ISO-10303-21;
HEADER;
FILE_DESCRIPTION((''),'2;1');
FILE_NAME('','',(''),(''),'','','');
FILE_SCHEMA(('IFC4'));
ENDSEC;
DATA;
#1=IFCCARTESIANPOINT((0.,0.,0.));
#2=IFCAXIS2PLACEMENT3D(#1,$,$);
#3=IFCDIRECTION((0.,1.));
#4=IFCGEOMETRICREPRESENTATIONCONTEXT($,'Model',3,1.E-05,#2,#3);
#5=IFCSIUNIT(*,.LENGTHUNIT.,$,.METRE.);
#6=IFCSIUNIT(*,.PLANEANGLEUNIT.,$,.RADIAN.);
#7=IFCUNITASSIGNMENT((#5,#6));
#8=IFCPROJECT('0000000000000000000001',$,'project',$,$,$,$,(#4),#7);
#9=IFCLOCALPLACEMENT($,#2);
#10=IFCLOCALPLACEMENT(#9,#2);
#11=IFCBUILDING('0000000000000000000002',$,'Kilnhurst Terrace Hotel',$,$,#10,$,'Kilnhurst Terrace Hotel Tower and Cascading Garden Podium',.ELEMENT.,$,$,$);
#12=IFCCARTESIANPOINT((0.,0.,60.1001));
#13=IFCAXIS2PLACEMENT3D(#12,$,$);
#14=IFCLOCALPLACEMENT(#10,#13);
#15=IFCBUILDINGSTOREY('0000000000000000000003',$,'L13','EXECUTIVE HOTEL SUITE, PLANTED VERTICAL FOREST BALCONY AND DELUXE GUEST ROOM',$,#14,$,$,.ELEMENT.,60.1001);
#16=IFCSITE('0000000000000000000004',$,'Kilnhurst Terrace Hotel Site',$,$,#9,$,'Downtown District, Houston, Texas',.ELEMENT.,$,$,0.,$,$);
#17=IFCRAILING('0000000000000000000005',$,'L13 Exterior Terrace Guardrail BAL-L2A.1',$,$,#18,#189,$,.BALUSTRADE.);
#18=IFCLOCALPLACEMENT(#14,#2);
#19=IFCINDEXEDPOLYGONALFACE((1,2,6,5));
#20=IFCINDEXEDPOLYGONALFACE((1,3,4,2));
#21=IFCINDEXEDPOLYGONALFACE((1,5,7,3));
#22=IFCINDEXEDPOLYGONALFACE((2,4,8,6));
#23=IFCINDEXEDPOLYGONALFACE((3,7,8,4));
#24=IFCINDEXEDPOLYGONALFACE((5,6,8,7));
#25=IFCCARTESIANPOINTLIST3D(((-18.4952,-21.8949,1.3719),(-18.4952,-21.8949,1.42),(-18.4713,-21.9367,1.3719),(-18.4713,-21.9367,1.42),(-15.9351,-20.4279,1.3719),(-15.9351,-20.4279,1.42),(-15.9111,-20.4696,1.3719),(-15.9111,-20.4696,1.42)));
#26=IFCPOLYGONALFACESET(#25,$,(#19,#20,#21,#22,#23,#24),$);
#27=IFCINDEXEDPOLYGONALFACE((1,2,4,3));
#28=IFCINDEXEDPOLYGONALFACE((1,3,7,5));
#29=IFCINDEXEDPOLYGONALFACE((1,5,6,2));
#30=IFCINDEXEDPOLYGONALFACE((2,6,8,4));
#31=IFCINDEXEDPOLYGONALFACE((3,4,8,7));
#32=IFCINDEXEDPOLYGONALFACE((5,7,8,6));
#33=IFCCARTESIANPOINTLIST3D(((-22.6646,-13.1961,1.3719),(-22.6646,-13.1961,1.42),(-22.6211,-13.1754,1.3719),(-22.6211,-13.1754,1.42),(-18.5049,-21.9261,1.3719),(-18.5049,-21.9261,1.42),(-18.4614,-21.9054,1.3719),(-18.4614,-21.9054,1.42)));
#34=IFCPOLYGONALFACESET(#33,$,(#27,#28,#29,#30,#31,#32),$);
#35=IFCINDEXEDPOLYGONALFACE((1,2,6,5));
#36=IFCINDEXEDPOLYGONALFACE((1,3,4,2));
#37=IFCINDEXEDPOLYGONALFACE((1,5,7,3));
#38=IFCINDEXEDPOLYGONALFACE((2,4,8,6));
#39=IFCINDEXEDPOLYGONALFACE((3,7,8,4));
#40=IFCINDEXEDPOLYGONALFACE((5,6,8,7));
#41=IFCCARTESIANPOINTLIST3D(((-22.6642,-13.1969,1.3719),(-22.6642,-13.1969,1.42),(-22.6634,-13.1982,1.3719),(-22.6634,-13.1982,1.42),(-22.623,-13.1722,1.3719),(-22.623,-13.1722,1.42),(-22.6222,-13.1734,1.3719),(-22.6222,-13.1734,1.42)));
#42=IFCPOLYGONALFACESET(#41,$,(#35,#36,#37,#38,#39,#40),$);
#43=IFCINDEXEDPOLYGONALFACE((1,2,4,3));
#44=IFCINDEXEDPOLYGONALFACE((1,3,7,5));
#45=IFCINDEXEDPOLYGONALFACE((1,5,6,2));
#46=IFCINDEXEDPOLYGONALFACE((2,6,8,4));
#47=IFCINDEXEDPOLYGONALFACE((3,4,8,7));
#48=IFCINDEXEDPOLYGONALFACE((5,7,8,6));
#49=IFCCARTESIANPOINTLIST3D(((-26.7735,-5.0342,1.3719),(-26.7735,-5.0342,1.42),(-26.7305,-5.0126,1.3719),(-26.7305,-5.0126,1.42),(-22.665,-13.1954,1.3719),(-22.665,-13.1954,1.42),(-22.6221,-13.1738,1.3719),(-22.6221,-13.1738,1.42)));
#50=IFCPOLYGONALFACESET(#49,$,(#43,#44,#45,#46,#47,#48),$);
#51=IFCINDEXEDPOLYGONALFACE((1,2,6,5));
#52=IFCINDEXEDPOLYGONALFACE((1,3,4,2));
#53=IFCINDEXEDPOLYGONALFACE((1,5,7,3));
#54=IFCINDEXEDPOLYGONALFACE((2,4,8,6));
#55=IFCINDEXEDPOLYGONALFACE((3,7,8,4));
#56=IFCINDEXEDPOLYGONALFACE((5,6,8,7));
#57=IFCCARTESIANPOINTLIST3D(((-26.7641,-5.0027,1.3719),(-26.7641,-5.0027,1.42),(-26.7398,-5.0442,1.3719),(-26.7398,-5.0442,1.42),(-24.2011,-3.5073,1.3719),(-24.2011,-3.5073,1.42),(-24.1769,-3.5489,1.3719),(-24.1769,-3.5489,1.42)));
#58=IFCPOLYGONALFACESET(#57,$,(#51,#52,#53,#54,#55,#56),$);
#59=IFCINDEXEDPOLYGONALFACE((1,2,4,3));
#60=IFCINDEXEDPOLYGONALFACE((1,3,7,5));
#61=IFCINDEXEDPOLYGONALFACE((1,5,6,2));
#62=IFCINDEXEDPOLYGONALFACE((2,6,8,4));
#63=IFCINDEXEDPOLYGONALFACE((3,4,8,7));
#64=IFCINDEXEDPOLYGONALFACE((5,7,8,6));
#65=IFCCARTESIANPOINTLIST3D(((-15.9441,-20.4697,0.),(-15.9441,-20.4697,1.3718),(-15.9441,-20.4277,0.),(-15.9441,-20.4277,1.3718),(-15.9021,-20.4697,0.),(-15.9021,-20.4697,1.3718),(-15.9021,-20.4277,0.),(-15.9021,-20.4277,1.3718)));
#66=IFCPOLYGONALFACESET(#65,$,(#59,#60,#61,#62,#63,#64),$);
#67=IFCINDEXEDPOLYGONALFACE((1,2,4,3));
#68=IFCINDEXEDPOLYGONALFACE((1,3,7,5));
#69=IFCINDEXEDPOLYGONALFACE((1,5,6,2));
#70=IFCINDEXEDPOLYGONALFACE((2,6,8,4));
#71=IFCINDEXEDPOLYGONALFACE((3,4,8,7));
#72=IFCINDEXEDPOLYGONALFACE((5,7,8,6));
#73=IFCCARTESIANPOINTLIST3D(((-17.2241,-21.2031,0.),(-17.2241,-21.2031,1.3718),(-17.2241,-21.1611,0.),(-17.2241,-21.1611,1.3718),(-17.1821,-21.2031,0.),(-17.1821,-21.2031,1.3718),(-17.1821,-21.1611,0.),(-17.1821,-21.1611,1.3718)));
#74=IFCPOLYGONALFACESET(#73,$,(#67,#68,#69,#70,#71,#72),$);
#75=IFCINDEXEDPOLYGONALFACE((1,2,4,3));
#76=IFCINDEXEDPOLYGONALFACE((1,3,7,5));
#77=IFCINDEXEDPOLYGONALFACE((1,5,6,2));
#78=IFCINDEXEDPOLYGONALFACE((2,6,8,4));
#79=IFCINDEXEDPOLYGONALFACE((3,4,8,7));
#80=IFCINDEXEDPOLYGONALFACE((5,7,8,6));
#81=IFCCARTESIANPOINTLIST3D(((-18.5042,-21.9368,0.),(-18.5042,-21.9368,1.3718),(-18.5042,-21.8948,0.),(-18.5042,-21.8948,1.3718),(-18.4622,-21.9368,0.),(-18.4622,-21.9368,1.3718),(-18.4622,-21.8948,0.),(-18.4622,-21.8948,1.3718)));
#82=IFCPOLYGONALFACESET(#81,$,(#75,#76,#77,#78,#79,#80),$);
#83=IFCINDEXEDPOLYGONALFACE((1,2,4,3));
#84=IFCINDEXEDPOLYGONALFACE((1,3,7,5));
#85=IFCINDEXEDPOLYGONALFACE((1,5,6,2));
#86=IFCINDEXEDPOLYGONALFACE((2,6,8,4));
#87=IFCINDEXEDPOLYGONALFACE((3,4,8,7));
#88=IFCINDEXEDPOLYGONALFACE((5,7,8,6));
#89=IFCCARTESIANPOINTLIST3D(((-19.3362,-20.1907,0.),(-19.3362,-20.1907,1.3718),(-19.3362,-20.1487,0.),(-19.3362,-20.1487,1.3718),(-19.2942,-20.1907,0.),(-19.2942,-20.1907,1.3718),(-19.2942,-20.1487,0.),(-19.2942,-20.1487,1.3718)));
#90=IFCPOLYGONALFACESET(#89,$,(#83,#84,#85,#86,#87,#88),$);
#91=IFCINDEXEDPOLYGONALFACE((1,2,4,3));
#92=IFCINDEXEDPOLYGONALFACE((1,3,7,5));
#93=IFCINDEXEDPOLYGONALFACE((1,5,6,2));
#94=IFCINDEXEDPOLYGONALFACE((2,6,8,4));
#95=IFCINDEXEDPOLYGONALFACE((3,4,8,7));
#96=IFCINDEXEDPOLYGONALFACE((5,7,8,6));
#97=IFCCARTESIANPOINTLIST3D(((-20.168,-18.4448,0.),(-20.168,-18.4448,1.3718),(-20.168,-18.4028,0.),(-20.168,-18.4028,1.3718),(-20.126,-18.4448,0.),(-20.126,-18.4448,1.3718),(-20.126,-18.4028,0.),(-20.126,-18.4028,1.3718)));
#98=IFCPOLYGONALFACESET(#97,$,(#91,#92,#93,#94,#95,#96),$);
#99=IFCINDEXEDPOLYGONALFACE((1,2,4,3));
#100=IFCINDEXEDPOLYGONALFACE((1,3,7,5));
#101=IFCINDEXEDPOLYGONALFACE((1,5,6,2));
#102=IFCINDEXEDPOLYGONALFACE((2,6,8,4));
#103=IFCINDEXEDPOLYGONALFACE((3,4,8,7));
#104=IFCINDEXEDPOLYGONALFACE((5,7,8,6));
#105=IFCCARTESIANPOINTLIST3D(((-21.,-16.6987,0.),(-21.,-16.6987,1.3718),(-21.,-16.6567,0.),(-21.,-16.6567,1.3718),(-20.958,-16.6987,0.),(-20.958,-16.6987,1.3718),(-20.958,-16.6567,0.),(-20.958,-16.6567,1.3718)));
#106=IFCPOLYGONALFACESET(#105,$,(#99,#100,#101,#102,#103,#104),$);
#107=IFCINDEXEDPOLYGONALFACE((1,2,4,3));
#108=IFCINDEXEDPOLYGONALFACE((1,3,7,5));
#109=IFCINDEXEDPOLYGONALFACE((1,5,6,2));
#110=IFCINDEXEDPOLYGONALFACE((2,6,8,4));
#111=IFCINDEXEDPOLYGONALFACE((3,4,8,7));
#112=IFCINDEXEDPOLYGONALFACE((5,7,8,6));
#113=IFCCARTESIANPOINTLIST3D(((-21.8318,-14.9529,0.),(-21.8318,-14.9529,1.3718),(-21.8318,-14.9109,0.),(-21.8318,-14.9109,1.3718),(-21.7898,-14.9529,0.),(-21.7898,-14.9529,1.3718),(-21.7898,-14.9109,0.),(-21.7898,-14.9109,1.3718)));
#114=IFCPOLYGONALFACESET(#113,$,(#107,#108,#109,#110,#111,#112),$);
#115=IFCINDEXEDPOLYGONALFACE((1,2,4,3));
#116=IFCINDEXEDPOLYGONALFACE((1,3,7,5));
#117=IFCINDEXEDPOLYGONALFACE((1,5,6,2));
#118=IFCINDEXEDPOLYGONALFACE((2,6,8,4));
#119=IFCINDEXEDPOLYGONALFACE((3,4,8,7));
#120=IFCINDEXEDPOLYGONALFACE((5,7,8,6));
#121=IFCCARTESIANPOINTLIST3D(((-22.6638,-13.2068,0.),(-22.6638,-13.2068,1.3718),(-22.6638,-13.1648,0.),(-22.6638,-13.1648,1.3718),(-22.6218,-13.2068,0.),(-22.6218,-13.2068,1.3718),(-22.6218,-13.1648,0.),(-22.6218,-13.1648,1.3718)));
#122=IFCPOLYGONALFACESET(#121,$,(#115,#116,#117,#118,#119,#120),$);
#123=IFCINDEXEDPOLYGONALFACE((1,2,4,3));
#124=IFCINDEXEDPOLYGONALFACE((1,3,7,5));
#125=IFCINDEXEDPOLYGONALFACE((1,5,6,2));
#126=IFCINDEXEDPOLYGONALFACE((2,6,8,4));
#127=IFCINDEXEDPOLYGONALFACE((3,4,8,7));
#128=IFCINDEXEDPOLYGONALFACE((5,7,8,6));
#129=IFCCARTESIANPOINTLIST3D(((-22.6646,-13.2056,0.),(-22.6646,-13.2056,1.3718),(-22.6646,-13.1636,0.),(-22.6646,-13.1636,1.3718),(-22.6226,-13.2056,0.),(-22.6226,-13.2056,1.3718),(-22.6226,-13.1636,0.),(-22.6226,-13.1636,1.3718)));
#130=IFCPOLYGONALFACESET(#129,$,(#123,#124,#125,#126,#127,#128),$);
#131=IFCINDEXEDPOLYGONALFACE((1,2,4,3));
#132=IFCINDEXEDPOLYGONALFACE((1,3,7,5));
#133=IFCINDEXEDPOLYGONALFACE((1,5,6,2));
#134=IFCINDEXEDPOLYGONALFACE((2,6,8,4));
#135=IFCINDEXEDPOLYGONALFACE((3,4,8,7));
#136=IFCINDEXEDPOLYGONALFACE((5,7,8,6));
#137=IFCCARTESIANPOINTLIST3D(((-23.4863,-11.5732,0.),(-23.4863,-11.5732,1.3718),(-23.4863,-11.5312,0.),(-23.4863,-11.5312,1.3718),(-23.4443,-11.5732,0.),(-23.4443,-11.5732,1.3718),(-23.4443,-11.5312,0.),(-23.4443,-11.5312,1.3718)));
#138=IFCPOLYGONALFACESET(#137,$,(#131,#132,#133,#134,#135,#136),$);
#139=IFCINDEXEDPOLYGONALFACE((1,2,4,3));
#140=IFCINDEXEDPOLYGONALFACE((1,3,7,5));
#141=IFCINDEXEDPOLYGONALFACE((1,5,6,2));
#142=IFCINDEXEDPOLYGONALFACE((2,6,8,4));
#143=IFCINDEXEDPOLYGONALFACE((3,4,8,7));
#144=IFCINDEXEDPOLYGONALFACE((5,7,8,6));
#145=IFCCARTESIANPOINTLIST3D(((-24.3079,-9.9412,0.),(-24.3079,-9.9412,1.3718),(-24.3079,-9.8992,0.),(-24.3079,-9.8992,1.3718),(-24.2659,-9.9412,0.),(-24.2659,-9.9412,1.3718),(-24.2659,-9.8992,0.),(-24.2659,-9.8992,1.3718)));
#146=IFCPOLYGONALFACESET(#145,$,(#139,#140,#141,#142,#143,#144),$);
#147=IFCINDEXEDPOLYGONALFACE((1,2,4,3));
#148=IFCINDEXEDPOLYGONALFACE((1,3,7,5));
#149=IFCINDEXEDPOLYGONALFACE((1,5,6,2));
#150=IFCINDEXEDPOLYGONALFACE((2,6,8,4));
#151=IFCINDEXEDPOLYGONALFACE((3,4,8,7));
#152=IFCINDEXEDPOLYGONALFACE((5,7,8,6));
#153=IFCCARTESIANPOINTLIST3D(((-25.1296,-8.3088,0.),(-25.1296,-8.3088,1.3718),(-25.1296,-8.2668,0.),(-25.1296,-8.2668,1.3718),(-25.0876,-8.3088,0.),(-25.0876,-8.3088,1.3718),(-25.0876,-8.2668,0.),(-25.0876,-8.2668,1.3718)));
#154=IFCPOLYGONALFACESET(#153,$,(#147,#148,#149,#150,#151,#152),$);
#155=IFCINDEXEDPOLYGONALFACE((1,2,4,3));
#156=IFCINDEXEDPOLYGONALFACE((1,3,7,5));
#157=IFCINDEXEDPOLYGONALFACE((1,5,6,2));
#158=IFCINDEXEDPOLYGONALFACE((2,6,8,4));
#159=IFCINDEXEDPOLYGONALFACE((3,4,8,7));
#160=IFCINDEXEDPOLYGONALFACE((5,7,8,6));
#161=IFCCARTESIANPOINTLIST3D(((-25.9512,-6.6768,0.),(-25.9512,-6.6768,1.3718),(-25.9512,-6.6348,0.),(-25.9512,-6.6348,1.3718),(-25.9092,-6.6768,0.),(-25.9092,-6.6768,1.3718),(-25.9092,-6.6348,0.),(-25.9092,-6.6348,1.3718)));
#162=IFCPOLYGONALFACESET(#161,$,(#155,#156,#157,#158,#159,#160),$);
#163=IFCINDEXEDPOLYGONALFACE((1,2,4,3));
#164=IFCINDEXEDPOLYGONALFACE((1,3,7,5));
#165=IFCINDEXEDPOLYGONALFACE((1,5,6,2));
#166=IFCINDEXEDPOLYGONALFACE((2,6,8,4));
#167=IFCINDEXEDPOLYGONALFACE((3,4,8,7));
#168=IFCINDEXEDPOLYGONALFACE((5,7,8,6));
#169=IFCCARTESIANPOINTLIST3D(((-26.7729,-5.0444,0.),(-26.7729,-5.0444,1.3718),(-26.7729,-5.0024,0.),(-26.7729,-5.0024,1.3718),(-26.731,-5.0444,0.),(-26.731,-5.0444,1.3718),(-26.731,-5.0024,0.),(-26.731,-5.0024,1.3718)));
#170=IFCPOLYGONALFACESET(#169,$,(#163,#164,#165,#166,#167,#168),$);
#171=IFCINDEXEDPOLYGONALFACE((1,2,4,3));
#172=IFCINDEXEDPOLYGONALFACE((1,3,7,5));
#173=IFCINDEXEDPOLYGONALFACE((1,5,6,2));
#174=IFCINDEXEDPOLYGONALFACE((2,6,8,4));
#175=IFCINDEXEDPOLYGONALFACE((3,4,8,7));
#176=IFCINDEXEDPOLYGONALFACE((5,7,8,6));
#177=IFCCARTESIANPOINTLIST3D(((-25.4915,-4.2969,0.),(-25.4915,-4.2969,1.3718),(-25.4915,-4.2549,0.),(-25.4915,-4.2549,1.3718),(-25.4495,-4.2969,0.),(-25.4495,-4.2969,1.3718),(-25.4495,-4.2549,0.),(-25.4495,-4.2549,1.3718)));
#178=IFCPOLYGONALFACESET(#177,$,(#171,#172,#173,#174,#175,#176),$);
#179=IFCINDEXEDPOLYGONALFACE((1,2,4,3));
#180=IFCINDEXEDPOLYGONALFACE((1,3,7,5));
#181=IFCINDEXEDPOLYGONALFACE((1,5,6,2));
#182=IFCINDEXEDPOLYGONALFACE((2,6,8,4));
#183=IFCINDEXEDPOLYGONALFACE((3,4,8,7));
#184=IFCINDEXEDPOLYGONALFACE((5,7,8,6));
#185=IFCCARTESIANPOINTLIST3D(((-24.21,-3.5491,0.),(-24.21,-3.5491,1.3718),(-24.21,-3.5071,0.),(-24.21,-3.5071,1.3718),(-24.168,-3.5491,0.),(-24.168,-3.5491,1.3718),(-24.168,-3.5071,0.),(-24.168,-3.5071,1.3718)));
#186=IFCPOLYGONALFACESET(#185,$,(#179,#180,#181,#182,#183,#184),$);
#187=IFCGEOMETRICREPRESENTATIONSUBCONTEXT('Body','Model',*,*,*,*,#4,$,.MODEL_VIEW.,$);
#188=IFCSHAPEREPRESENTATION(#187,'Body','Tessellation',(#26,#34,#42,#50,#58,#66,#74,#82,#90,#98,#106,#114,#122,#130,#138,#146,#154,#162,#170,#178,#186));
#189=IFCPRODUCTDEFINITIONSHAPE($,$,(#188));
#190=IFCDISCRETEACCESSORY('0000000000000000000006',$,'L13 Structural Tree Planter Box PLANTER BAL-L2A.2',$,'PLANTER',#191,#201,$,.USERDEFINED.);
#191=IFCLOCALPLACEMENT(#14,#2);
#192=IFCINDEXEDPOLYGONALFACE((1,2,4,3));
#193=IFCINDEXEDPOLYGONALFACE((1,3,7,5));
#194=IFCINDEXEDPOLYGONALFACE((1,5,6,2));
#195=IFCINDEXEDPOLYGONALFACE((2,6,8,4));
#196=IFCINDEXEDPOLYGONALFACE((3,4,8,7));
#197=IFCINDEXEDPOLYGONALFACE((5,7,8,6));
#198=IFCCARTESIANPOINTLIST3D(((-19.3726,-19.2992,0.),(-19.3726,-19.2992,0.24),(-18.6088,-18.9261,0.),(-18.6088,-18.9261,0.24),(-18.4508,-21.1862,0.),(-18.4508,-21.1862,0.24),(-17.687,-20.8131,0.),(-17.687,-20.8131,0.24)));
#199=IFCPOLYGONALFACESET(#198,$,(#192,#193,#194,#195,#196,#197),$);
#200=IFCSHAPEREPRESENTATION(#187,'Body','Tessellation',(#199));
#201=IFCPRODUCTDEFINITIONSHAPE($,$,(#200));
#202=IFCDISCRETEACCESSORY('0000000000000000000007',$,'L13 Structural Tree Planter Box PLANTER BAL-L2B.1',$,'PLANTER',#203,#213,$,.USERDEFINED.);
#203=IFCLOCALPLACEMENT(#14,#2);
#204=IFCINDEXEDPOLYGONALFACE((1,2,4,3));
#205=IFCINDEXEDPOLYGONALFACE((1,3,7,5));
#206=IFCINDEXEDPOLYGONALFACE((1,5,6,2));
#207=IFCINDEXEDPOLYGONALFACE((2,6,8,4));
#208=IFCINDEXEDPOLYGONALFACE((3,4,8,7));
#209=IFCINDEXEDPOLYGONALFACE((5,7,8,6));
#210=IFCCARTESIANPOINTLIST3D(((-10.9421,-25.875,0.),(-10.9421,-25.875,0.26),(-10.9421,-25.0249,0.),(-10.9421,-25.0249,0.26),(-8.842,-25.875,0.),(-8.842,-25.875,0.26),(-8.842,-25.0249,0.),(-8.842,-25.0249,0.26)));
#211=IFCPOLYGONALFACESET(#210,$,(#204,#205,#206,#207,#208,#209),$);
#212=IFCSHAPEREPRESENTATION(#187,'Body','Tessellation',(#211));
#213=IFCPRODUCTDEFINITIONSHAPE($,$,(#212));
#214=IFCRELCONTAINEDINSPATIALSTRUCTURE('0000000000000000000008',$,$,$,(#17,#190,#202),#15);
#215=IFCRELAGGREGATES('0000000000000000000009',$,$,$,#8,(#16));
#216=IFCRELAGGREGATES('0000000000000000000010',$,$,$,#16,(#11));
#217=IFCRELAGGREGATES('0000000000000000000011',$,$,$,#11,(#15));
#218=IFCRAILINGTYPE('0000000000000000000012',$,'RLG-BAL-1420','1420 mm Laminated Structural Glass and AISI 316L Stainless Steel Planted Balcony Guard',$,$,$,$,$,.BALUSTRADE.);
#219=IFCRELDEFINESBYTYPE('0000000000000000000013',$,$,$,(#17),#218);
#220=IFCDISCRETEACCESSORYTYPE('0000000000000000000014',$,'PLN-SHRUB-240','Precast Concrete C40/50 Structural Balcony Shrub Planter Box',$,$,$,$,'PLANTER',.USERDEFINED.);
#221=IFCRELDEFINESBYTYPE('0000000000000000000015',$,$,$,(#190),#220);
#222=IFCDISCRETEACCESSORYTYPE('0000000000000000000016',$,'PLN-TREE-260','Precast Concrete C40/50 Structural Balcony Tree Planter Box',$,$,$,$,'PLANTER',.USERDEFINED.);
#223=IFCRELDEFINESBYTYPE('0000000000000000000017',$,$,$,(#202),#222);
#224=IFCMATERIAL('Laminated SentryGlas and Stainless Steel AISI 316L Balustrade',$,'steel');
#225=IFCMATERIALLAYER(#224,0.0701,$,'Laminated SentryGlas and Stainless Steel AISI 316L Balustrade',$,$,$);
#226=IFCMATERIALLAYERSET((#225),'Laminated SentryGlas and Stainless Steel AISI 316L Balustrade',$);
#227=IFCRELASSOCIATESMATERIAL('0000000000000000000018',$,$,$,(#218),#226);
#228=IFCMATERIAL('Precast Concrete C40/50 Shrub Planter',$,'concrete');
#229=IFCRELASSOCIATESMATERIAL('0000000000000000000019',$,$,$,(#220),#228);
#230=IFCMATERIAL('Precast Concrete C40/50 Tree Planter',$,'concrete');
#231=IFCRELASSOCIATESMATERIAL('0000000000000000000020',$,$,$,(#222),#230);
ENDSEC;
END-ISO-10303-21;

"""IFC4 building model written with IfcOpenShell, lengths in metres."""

from ifc_helpers import new_model, si_unit, direction, frame, origin, origin_2d, place, context, subcontext, project, spatial, rectangle, extrude, material, layer, layer_set, type_object, element, save


model = new_model("IFC4")

# Units and contexts
model_context = context("Model", 3, precision=1e-05, world=origin(), true_north=direction((0.0, 1.0)))
body_context = subcontext(model_context, "Body", "Model", "MODEL_VIEW")
ifc_project = project(units=[si_unit("LENGTHUNIT", "METRE"), si_unit("PLANEANGLEUNIT", "RADIAN")], contexts=[model_context])

# Site, building, storey
site_placement = place(None, origin())
site = spatial("IfcSite", under=ifc_project, at=site_placement, Name="Kilnhurst Terrace Hotel Site", LongName="Downtown District, Houston, Texas", CompositionType="ELEMENT", RefElevation=0.0)
building_placement = place(site_placement, origin())
building = spatial("IfcBuilding", under=site, at=building_placement, Name="Kilnhurst Terrace Hotel", LongName="Kilnhurst Terrace Hotel Tower and Cascading Garden Podium", CompositionType="ELEMENT")
storey_placement = place(building_placement, frame((0.0, 0.0, 60.1001)))
storey = spatial("IfcBuildingStorey", under=building, at=storey_placement, Name="L13", Description="EXECUTIVE HOTEL SUITE, PLANTED VERTICAL FOREST BALCONY AND DELUXE GUEST ROOM", CompositionType="ELEMENT", Elevation=60.1001)

# Railing
ifc_material_1 = material(Name="Laminated SentryGlas and Stainless Steel AISI 316L Balustrade", Category="steel")
ifc_layer_1 = layer(ifc_material_1, 0.0701, Name="Laminated SentryGlas and Stainless Steel AISI 316L Balustrade")
ifc_layer_set_1 = layer_set([ifc_layer_1], Name="Laminated SentryGlas and Stainless Steel AISI 316L Balustrade")
railing_type = type_object("IfcRailingType", Name="RLG-BAL-1420", Description="1420 mm Laminated Structural Glass and AISI 316L Stainless Steel Planted Balcony Guard", PredefinedType="BALUSTRADE", material=ifc_layer_set_1)
railing_placement = place(storey_placement, frame((-15.9231, -20.4487, 0.0)))
element("IfcRailing", 1, at=railing_placement, inside=storey, type_object=railing_type, Name="L13 Exterior Terrace Guardrail BAL-L2A.1", PredefinedType="BALUSTRADE", context=body_context, shape_type="SweptSolid", body=[
    extrude(rectangle(XDim=0.0481, YDim=0.0481, at=origin_2d()), frame((0.0, 0.0, 1.396), z_axis=(-0.867637, -0.497199, 0.0), x_axis=(0.497199, -0.867637, 0.0)), (0.0, 0.0, 1.0), 2.9507),
    extrude(rectangle(XDim=0.0481, YDim=0.0481, at=origin_2d()), frame((-2.5601, -1.467, 1.396), z_axis=(-0.430147, 0.902759, 0.0), x_axis=(-0.902759, -0.430147, 0.0)), (0.0, 0.0, 1.0), 9.6704),
    extrude(rectangle(XDim=0.0481, YDim=0.0481, at=origin_2d()), frame((-6.7197, 7.2629, 1.396), z_axis=(-0.514496, 0.857493, 0.0), x_axis=(-0.857493, -0.514496, 0.0)), (0.0, 0.0, 1.0), 0.0015),
    extrude(rectangle(XDim=0.0481, YDim=0.0481, at=origin_2d()), frame((-6.7205, 7.2642, 1.396), z_axis=(-0.449649, 0.893205, 0.0), x_axis=(-0.893205, -0.449649, 0.0)), (0.0, 0.0, 1.0), 9.137),
    extrude(rectangle(XDim=0.0481, YDim=0.0481, at=origin_2d()), frame((-10.8289, 15.4253, 1.396), z_axis=(0.863737, 0.503943, 0.0), x_axis=(-0.503943, 0.863737, 0.0)), (0.0, 0.0, 1.0), 2.9673),
    extrude(rectangle(XDim=0.042, YDim=0.042, at=origin_2d()), origin(), (0.0, 0.0, 1.0), 1.3718),
    extrude(rectangle(XDim=0.042, YDim=0.042, at=origin_2d()), frame((-1.28, -0.7334, 0.0)), (0.0, 0.0, 1.0), 1.3718),
    extrude(rectangle(XDim=0.042, YDim=0.042, at=origin_2d()), frame((-2.5601, -1.467, 0.0)), (0.0, 0.0, 1.0), 1.3718),
    extrude(rectangle(XDim=0.042, YDim=0.042, at=origin_2d()), frame((-3.3921, 0.2791, 0.0)), (0.0, 0.0, 1.0), 1.3718),
    extrude(rectangle(XDim=0.042, YDim=0.042, at=origin_2d()), frame((-4.2239, 2.0249, 0.0)), (0.0, 0.0, 1.0), 1.3718),
    extrude(rectangle(XDim=0.042, YDim=0.042, at=origin_2d()), frame((-5.0559, 3.771, 0.0)), (0.0, 0.0, 1.0), 1.3718),
    extrude(rectangle(XDim=0.042, YDim=0.042, at=origin_2d()), frame((-5.8877, 5.5168, 0.0)), (0.0, 0.0, 1.0), 1.3718),
    extrude(rectangle(XDim=0.042, YDim=0.042, at=origin_2d()), frame((-6.7197, 7.2629, 0.0)), (0.0, 0.0, 1.0), 1.3718),
    extrude(rectangle(XDim=0.042, YDim=0.042, at=origin_2d()), frame((-6.7205, 7.2642, 0.0)), (0.0, 0.0, 1.0), 1.3718),
    extrude(rectangle(XDim=0.042, YDim=0.042, at=origin_2d()), frame((-7.5422, 8.8965, 0.0)), (0.0, 0.0, 1.0), 1.3718),
    extrude(rectangle(XDim=0.042, YDim=0.042, at=origin_2d()), frame((-8.3638, 10.5286, 0.0)), (0.0, 0.0, 1.0), 1.3718),
    extrude(rectangle(XDim=0.042, YDim=0.042, at=origin_2d()), frame((-9.1855, 12.1609, 0.0)), (0.0, 0.0, 1.0), 1.3718),
    extrude(rectangle(XDim=0.042, YDim=0.042, at=origin_2d()), frame((-10.0071, 13.793, 0.0)), (0.0, 0.0, 1.0), 1.3718),
    extrude(rectangle(XDim=0.042, YDim=0.042, at=origin_2d()), frame((-10.8289, 15.4253, 0.0)), (0.0, 0.0, 1.0), 1.3718),
    extrude(rectangle(XDim=0.042, YDim=0.042, at=origin_2d()), frame((-9.5474, 16.1729, 0.0)), (0.0, 0.0, 1.0), 1.3718),
    extrude(rectangle(XDim=0.042, YDim=0.042, at=origin_2d()), frame((-8.2659, 16.9207, 0.0)), (0.0, 0.0, 1.0), 1.3718),
])

# Discrete accessories
ifc_material_2 = material(Name="Precast Concrete C40/50 Shrub Planter", Category="concrete")
discrete_accessory_type_1 = type_object("IfcDiscreteAccessoryType", Name="PLN-SHRUB-240", Description="Precast Concrete C40/50 Structural Balcony Shrub Planter Box", ElementType="PLANTER", PredefinedType="USERDEFINED", material=ifc_material_2)
discrete_accessory_1_placement = place(storey_placement, frame((-18.5298, -20.0562, 0.0), z_axis=(0.0, 0.0, 1.0), x_axis=(0.438936, -0.898518, 0.0)))
element("IfcDiscreteAccessory", 2, at=discrete_accessory_1_placement, inside=storey, type_object=discrete_accessory_type_1, Name="L13 Structural Tree Planter Box PLANTER BAL-L2A.2", ObjectType="PLANTER", PredefinedType="USERDEFINED", context=body_context, shape_type="SweptSolid", body=[
    extrude(rectangle(XDim=2.1001, YDim=0.8501, at=origin_2d()), origin(), (0.0, 0.0, 1.0), 0.24),
])
ifc_material_3 = material(Name="Precast Concrete C40/50 Tree Planter", Category="concrete")
discrete_accessory_type_2 = type_object("IfcDiscreteAccessoryType", Name="PLN-TREE-260", Description="Precast Concrete C40/50 Structural Balcony Tree Planter Box", ElementType="PLANTER", PredefinedType="USERDEFINED", material=ifc_material_3)
discrete_accessory_2_placement = place(storey_placement, frame((-9.8921, -25.45, 0.0), z_axis=(0.0, 0.0, 1.0), x_axis=(1.0, 0.0, 0.0)))
element("IfcDiscreteAccessory", 3, at=discrete_accessory_2_placement, inside=storey, type_object=discrete_accessory_type_2, Name="L13 Structural Tree Planter Box PLANTER BAL-L2B.1", ObjectType="PLANTER", PredefinedType="USERDEFINED", context=body_context, shape_type="SweptSolid", body=[
    extrude(rectangle(XDim=2.1001, YDim=0.8501, at=origin_2d()), origin(), (0.0, 0.0, 1.0), 0.26),
])

save(model, "model.ifc")
